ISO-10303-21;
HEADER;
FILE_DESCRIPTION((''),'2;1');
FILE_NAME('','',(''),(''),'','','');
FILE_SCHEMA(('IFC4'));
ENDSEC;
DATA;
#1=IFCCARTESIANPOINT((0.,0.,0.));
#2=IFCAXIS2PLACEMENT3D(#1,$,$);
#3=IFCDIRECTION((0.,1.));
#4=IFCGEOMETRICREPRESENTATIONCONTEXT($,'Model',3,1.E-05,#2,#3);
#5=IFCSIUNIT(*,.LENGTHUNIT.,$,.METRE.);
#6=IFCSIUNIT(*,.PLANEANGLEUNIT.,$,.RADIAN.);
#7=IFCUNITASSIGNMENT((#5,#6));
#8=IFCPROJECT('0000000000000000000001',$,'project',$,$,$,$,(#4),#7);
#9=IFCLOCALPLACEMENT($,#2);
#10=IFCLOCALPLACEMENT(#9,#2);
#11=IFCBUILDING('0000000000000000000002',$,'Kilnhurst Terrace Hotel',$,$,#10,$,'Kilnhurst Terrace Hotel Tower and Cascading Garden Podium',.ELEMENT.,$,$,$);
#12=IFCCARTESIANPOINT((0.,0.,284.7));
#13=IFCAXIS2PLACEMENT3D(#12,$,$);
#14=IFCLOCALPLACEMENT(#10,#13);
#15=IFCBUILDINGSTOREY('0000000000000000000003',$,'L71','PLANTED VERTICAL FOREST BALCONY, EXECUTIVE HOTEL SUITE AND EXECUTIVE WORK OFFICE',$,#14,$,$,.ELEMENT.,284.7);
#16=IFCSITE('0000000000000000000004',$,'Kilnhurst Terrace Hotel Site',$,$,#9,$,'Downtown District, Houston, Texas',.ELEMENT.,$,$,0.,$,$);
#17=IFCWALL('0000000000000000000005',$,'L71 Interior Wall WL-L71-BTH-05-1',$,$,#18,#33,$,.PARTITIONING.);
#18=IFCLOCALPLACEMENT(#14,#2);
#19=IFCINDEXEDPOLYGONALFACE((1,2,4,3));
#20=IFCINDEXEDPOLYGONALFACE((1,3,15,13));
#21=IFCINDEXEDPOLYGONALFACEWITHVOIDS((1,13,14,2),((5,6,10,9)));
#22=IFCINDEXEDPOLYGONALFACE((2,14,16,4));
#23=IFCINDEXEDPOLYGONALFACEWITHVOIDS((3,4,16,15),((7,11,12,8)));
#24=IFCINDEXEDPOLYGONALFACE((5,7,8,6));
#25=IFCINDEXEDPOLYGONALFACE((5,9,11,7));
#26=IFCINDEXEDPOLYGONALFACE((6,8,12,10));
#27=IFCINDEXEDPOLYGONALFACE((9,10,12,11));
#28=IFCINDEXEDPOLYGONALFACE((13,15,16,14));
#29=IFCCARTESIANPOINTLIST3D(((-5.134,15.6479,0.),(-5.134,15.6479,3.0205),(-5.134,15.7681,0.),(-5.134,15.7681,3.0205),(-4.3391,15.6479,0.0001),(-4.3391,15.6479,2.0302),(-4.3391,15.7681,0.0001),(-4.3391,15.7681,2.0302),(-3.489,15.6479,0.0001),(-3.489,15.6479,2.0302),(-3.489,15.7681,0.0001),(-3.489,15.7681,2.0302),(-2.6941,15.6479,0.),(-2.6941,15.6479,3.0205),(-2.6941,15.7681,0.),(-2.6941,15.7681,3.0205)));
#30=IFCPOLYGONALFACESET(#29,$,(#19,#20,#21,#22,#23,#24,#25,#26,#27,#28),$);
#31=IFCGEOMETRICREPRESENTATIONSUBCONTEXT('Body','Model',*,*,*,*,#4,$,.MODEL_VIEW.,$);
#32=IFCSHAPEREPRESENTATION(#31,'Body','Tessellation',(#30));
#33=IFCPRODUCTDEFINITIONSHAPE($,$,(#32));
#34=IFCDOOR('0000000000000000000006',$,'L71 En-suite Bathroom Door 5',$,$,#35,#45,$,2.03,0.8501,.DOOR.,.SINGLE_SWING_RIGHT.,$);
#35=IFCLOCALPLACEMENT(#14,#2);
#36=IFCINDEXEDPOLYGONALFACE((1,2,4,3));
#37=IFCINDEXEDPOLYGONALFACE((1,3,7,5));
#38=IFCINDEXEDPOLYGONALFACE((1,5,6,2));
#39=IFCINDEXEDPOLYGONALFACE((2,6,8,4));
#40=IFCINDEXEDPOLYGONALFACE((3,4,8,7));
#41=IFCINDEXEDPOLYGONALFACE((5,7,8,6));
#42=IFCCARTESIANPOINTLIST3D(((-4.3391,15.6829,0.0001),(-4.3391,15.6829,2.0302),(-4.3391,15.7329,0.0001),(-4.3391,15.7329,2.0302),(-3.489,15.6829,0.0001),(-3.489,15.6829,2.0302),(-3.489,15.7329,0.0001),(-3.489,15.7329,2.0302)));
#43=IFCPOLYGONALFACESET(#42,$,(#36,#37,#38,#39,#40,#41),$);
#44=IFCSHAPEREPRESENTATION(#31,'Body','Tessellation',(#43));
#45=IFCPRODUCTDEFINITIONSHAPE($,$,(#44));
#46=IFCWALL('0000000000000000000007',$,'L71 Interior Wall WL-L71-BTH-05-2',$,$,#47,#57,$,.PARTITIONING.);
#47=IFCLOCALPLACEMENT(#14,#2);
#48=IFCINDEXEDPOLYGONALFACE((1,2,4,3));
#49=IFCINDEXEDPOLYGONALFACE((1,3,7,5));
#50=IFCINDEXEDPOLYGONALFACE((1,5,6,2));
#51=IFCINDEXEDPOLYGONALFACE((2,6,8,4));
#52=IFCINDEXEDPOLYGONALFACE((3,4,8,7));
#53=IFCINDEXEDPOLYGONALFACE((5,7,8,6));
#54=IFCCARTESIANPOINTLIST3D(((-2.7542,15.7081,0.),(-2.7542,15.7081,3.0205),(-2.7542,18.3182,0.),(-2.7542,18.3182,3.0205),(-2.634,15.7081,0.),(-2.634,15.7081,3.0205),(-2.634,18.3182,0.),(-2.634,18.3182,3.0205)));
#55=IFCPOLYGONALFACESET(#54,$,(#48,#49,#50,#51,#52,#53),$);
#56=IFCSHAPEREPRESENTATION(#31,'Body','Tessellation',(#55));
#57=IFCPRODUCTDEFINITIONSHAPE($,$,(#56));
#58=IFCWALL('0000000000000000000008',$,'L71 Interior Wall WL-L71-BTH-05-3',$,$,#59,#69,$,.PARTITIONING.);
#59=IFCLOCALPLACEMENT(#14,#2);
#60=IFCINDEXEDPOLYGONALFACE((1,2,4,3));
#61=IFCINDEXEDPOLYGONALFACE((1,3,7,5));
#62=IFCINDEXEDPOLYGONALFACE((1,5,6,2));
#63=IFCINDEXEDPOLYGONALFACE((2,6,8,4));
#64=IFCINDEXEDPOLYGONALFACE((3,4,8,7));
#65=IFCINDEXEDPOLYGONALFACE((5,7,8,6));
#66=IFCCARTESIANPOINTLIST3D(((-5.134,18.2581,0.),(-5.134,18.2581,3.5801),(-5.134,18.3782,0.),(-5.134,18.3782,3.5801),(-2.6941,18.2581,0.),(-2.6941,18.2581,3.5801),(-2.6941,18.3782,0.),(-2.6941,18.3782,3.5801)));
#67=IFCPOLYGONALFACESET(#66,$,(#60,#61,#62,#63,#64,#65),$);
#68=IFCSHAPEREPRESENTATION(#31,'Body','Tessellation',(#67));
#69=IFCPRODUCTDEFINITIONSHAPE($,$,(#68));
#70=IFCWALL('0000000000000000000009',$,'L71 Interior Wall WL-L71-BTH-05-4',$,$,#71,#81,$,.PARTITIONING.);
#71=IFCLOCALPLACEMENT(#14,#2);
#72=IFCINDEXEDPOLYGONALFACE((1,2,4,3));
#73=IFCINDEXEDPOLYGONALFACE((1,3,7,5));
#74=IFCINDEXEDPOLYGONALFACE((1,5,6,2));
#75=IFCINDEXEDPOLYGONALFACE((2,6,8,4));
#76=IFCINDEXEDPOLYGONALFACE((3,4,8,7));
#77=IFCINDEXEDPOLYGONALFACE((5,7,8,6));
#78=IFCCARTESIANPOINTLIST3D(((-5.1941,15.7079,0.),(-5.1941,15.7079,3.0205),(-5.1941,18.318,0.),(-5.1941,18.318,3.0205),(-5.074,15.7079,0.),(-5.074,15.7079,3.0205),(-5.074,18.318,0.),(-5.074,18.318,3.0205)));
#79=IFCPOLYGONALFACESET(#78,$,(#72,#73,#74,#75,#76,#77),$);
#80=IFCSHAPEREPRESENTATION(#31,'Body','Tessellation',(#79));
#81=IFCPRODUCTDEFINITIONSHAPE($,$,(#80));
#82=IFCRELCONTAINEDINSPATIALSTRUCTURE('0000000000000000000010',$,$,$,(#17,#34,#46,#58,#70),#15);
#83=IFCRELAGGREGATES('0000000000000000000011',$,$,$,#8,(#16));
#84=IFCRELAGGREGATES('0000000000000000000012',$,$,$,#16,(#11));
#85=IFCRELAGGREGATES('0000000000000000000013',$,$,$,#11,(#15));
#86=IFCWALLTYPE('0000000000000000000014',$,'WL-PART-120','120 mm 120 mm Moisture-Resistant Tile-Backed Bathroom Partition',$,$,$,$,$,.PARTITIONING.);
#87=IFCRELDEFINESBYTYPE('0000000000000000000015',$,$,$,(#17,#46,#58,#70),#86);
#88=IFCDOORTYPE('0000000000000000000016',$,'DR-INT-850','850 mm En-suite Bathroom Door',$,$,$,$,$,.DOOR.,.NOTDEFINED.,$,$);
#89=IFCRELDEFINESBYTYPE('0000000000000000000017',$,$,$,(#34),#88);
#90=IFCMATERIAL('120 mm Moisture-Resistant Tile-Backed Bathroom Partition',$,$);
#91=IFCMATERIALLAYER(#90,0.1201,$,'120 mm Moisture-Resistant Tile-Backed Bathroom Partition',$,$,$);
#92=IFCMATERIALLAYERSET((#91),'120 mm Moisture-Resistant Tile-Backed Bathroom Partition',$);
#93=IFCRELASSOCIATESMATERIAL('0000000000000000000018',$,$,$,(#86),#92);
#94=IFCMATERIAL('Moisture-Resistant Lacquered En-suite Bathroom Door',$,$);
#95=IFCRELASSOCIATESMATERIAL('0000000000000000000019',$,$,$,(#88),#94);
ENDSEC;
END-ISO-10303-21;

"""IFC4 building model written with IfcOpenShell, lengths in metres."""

from ifc_helpers import new_model, si_unit, direction, frame, frame_2d, origin, place, context, subcontext, project, spatial, rectangle, extrude, material, layer, layer_set, type_object, element, fill, save


model = new_model("IFC4")

# Units and contexts
model_context = context("Model", 3, precision=1e-05, world=origin(), true_north=direction((0.0, 1.0)))
body_context = subcontext(model_context, "Body", "Model", "MODEL_VIEW")
ifc_project = project(units=[si_unit("LENGTHUNIT", "METRE"), si_unit("PLANEANGLEUNIT", "RADIAN")], contexts=[model_context])

# Site, building, storey
site_placement = place(None, origin())
site = spatial("IfcSite", under=ifc_project, at=site_placement, Name="Kilnhurst Terrace Hotel Site", LongName="Downtown District, Houston, Texas", CompositionType="ELEMENT", RefElevation=0.0)
building_placement = place(site_placement, origin())
building = spatial("IfcBuilding", under=site, at=building_placement, Name="Kilnhurst Terrace Hotel", LongName="Kilnhurst Terrace Hotel Tower and Cascading Garden Podium", CompositionType="ELEMENT")
storey_placement = place(building_placement, frame((0.0, 0.0, 284.7)))
storey = spatial("IfcBuildingStorey", under=building, at=storey_placement, Name="L71", Description="PLANTED VERTICAL FOREST BALCONY, EXECUTIVE HOTEL SUITE AND EXECUTIVE WORK OFFICE", CompositionType="ELEMENT", Elevation=284.7)

# Wall, opening, door
ifc_material_1 = material(Name="120 mm Moisture-Resistant Tile-Backed Bathroom Partition")
ifc_layer_1 = layer(ifc_material_1, 0.1201, Name="120 mm Moisture-Resistant Tile-Backed Bathroom Partition")
ifc_layer_set_1 = layer_set([ifc_layer_1], Name="120 mm Moisture-Resistant Tile-Backed Bathroom Partition")
wall_type_1 = type_object("IfcWallType", Name="WL-PART-120", Description="120 mm 120 mm Moisture-Resistant Tile-Backed Bathroom Partition", PredefinedType="PARTITIONING", material=ifc_layer_set_1)
wall_1_placement = place(storey_placement, frame((-5.134, 15.708, 0.0), z_axis=(0.0, 0.0, 1.0), x_axis=(1.0, 0.0, 0.0)))
wall_1 = element("IfcWall", 1, at=wall_1_placement, inside=storey, type_object=wall_type_1, Name="L71 Interior Wall WL-L71-BTH-05-1", PredefinedType="PARTITIONING", context=body_context, shape_type="SweptSolid", body=[
    extrude(rectangle(XDim=2.4399, YDim=0.1201, at=frame_2d((1.22, 0.0))), origin(), (0.0, 0.0, 1.0), 3.0205),
])
opening_placement = place(wall_1_placement, frame((0.7949, 0.0, 0.0)))
opening = element("IfcOpeningElement", 2, at=opening_placement, cuts=wall_1, PredefinedType="OPENING", context=body_context, shape_type="SweptSolid", body=[
    extrude(rectangle(XDim=0.8501, YDim=2.03, at=frame_2d((0.425, 1.0151))), frame((0.0, 0.0701, 0.0), z_axis=(0.0, -1.0, 0.0), x_axis=(1.0, 0.0, 0.0)), (0.0, 0.0, 1.0), 0.1401),
])
ifc_material_2 = material(Name="Moisture-Resistant Lacquered En-suite Bathroom Door")
door_type = type_object("IfcDoorType", Name="DR-INT-850", Description="850 mm En-suite Bathroom Door", OperationType="NOTDEFINED", PredefinedType="DOOR", material=ifc_material_2)
door_placement = place(opening_placement, origin())
door = element("IfcDoor", 3, at=door_placement, inside=storey, type_object=door_type, Name="L71 En-suite Bathroom Door 5", OperationType="SINGLE_SWING_RIGHT", OverallHeight=2.03, OverallWidth=0.8501, PredefinedType="DOOR", context=body_context, shape_type="SweptSolid", body=[
    extrude(rectangle(XDim=0.8501, YDim=2.03, at=frame_2d((0.425, 1.0151))), frame((0.0, 0.0249, 0.0), z_axis=(0.0, -1.0, 0.0), x_axis=(1.0, 0.0, 0.0)), (0.0, 0.0, 1.0), 0.05),
])
fill(opening, door)

# Walls
wall_2_placement = place(storey_placement, frame((-2.6941, 15.708, 0.0), z_axis=(0.0, 0.0, 1.0), x_axis=(0.0, 1.0, 0.0)))
element("IfcWall", 4, at=wall_2_placement, inside=storey, type_object=wall_type_1, Name="L71 Interior Wall WL-L71-BTH-05-2", PredefinedType="PARTITIONING", context=body_context, shape_type="SweptSolid", body=[
    extrude(rectangle(XDim=2.6101, YDim=0.1201, at=frame_2d((1.3052, 0.0))), origin(), (0.0, 0.0, 1.0), 3.0205),
])
wall_3_placement = place(storey_placement, frame((-2.6941, 18.3181, 0.0), z_axis=(0.0, 0.0, 1.0), x_axis=(-1.0, 0.0, 0.0)))
element("IfcWall", 5, at=wall_3_placement, inside=storey, type_object=wall_type_1, Name="L71 Interior Wall WL-L71-BTH-05-3", PredefinedType="PARTITIONING", context=body_context, shape_type="SweptSolid", body=[
    extrude(rectangle(XDim=2.4399, YDim=0.1201, at=frame_2d((1.22, 0.0))), origin(), (0.0, 0.0, 1.0), 3.5801),
])
wall_4_placement = place(storey_placement, frame((-5.134, 18.3181, 0.0), z_axis=(0.0, 0.0, 1.0), x_axis=(0.0, -1.0, 0.0)))
element("IfcWall", 6, at=wall_4_placement, inside=storey, type_object=wall_type_1, Name="L71 Interior Wall WL-L71-BTH-05-4", PredefinedType="PARTITIONING", context=body_context, shape_type="SweptSolid", body=[
    extrude(rectangle(XDim=2.6101, YDim=0.1201, at=frame_2d((1.3052, 0.0))), origin(), (0.0, 0.0, 1.0), 3.0205),
])

save(model, "model.ifc")
